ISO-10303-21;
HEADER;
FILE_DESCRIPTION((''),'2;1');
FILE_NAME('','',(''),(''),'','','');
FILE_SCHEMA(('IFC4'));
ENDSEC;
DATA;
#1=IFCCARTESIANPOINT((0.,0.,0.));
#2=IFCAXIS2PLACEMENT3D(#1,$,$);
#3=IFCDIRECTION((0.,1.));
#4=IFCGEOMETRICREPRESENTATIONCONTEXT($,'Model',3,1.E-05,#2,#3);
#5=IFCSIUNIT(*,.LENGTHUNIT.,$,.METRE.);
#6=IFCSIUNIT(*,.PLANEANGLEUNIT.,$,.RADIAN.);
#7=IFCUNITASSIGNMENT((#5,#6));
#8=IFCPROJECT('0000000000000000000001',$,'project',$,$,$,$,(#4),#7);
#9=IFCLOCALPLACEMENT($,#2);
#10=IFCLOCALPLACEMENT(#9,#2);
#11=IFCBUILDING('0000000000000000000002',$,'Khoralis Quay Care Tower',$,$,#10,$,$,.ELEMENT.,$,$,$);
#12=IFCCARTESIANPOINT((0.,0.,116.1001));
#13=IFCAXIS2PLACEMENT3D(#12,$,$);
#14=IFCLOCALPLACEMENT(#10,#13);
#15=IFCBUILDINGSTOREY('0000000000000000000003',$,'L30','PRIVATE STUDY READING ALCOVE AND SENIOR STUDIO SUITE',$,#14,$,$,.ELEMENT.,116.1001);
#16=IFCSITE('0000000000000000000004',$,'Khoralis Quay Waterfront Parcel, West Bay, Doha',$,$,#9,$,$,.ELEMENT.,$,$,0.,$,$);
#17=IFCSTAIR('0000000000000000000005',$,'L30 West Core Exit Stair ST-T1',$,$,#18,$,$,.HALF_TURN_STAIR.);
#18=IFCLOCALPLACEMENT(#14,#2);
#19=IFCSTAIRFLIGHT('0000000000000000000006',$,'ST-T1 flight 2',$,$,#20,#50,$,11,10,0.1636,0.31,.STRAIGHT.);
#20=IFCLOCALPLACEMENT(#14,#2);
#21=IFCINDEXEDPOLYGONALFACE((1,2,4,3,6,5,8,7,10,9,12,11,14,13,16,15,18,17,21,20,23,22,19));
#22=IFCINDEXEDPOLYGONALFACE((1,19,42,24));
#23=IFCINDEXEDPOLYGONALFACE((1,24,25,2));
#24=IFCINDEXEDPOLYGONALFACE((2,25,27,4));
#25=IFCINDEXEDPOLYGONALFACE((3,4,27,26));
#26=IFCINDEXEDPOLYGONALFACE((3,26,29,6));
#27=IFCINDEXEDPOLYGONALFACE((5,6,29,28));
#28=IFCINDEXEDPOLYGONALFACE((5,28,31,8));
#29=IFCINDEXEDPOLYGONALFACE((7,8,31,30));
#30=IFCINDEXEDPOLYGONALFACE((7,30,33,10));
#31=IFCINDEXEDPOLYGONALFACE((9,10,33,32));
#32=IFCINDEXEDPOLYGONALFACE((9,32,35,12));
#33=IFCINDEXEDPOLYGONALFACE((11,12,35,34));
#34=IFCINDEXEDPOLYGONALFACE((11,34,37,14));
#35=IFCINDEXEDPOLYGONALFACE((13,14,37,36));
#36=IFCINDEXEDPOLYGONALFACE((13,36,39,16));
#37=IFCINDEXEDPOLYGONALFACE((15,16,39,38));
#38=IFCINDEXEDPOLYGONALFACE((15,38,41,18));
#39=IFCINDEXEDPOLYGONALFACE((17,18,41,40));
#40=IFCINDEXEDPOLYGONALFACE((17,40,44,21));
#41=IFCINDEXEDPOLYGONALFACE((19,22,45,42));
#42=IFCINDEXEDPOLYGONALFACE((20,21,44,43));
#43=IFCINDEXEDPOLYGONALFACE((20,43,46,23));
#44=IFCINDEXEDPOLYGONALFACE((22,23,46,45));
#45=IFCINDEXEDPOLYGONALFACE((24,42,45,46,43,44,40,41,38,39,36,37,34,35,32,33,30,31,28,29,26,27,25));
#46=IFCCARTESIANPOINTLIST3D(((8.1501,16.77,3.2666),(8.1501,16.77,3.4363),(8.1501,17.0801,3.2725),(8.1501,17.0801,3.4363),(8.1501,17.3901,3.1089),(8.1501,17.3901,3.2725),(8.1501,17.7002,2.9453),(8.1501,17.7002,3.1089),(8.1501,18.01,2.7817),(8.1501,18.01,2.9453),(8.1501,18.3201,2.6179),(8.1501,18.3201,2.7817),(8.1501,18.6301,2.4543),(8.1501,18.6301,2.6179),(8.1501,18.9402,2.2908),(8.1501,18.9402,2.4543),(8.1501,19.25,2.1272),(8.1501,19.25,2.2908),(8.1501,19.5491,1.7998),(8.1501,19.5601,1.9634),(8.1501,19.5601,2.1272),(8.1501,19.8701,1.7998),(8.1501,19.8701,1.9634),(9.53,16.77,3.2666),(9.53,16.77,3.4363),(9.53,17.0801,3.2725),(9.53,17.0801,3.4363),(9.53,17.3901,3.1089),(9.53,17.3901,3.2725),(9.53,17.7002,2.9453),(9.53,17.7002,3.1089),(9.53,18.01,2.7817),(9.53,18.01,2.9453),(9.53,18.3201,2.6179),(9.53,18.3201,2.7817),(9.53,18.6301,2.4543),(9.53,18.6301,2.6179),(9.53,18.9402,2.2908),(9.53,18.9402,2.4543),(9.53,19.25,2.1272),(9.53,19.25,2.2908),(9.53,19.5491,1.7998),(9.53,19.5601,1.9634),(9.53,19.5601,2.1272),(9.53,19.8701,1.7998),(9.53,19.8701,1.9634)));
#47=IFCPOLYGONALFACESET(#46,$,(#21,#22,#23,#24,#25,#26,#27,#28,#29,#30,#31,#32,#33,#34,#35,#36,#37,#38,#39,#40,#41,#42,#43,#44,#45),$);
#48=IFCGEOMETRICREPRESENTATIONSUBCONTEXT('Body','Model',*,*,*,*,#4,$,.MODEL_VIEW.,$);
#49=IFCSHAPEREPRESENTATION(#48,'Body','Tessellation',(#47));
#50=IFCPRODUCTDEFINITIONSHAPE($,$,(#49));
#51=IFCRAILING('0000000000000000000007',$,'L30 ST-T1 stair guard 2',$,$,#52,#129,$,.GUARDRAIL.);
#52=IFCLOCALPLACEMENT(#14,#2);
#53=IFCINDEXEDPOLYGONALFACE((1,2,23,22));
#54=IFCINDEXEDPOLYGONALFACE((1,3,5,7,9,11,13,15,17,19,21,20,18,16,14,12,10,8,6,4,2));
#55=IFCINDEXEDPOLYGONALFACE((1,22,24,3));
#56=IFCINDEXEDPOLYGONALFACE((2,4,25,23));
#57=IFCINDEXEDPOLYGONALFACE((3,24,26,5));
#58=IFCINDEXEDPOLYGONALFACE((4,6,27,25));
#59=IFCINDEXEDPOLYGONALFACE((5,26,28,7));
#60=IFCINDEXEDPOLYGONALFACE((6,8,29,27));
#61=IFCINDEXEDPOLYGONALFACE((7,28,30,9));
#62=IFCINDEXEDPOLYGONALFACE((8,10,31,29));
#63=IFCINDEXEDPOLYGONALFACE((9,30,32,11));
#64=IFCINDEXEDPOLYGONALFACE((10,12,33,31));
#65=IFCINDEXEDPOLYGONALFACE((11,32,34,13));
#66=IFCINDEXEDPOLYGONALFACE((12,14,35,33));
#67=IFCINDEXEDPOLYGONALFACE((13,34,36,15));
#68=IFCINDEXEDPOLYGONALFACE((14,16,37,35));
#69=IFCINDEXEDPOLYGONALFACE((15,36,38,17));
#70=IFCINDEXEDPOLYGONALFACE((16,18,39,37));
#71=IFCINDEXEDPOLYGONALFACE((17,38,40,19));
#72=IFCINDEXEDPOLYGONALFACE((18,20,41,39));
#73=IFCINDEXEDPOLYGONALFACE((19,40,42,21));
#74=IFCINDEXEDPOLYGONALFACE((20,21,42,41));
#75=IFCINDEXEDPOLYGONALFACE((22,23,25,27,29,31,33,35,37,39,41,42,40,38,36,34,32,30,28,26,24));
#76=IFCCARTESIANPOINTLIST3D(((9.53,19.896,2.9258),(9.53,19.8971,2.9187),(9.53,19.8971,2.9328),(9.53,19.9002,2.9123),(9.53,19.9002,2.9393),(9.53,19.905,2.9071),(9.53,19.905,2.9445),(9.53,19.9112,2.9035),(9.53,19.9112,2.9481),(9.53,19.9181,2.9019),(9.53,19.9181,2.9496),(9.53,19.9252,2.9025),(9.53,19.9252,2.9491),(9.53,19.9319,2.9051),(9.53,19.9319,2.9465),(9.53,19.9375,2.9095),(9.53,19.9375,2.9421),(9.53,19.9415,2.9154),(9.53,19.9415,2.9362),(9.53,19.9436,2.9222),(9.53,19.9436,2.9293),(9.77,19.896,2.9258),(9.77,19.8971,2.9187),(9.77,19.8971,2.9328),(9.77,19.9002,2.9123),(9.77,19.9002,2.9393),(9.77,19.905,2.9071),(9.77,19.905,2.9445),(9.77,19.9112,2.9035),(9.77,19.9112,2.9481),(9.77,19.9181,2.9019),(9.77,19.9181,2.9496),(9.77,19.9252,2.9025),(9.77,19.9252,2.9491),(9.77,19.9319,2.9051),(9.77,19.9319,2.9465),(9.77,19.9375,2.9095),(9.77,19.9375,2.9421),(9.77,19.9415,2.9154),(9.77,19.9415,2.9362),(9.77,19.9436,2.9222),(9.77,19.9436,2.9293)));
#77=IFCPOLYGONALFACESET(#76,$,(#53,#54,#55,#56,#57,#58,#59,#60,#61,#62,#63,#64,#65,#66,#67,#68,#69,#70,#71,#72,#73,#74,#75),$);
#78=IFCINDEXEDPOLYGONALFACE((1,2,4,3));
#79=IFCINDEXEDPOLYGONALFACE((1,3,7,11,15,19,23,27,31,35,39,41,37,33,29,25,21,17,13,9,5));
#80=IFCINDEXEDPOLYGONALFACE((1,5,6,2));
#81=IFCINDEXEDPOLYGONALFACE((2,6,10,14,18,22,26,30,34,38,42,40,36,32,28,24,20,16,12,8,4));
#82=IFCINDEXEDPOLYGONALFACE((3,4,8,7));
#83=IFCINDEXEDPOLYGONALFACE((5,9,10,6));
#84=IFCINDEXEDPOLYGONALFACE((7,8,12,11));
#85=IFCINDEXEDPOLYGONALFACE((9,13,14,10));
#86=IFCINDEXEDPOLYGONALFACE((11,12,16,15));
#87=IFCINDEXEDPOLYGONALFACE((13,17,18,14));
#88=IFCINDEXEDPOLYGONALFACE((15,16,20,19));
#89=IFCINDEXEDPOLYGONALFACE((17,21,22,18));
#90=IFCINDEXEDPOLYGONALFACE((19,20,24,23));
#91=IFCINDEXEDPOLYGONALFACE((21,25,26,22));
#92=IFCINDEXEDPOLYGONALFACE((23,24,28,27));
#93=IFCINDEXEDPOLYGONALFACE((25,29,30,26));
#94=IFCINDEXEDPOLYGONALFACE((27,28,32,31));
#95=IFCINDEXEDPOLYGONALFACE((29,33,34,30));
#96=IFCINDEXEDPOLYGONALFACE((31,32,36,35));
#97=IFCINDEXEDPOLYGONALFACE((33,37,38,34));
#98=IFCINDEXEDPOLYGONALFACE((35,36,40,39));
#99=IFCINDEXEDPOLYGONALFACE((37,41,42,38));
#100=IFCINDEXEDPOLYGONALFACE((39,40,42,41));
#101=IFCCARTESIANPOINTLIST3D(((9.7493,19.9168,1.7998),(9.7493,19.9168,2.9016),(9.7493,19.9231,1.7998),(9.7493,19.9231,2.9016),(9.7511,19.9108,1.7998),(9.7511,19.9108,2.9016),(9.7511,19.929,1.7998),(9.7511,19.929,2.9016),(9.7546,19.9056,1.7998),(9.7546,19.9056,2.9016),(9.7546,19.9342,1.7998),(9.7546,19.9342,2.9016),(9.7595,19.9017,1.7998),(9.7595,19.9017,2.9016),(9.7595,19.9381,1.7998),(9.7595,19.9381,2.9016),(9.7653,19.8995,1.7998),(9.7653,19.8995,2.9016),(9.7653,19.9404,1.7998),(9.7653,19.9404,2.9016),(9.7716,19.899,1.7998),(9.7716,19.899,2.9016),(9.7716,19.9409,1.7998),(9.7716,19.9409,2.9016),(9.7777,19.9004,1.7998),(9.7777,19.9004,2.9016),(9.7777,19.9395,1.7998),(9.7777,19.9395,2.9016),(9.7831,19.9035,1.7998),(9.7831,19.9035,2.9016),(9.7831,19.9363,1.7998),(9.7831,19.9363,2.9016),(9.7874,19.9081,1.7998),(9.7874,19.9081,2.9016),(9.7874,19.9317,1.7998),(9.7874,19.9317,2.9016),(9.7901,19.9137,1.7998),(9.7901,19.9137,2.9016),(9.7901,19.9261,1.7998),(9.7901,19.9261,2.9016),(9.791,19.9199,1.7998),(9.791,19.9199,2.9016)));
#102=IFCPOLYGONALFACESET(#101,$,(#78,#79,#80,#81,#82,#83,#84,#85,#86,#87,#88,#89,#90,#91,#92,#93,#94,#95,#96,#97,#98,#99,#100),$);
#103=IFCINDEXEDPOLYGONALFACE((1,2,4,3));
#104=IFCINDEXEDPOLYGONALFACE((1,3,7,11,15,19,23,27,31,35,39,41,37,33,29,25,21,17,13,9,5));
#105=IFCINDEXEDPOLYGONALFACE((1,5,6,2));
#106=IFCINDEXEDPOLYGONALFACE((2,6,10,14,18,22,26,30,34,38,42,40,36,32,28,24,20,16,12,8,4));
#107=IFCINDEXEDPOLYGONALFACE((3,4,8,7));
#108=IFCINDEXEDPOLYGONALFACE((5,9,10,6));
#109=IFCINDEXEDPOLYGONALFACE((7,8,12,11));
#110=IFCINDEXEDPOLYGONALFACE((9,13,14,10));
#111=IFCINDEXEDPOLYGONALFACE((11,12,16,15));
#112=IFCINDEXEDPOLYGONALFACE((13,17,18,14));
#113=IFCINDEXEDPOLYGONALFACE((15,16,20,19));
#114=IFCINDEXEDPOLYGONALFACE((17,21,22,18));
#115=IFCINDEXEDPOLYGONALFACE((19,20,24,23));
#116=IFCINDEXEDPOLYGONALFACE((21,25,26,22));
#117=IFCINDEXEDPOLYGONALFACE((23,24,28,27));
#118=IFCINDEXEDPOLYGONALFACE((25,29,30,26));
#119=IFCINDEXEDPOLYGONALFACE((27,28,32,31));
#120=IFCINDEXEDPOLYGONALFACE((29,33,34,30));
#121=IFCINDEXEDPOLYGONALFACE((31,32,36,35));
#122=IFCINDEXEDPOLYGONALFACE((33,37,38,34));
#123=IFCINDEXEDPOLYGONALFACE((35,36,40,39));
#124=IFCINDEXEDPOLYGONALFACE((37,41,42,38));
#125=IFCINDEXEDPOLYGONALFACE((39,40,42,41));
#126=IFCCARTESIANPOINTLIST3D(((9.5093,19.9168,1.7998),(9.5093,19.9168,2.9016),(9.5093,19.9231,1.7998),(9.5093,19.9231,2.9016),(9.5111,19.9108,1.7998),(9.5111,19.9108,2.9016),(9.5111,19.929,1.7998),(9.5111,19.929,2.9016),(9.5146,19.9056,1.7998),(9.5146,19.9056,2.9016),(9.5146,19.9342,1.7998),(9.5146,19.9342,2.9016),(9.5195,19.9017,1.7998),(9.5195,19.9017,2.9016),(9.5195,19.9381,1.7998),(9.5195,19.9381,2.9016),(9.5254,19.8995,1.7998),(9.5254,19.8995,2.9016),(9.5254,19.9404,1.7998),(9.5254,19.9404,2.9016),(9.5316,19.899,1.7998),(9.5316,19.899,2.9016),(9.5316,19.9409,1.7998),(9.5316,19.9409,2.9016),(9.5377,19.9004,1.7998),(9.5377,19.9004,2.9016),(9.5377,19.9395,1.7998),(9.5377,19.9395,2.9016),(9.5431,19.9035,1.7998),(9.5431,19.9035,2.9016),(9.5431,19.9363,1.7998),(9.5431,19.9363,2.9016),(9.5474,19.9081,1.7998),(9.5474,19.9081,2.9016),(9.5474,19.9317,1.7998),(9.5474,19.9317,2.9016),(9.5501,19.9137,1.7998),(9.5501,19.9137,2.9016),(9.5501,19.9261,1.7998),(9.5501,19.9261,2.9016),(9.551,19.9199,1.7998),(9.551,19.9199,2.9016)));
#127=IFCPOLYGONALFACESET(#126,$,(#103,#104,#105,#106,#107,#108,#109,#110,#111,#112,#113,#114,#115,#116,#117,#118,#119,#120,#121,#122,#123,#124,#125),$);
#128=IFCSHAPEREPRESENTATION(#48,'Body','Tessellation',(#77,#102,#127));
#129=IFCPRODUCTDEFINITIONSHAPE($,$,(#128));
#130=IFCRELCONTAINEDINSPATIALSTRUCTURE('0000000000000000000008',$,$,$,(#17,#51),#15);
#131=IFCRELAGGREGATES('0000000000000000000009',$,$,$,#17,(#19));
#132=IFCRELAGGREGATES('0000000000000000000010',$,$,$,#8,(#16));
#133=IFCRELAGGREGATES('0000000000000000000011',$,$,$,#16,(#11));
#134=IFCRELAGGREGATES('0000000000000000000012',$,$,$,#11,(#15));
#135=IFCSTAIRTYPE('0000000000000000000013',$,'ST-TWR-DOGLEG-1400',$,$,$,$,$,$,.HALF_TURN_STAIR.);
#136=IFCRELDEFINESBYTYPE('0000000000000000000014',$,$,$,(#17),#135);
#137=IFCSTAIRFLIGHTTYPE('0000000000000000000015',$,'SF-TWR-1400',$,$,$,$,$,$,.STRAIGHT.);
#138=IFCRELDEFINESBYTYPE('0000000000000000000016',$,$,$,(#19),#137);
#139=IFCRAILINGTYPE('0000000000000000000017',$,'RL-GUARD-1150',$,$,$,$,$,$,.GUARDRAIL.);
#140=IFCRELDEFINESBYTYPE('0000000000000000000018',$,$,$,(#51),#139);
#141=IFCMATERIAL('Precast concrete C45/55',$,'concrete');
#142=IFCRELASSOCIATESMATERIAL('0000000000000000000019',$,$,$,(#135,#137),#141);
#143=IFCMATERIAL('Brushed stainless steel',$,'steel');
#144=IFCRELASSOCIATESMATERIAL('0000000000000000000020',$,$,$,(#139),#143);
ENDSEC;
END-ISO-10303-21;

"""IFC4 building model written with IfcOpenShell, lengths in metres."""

from ifc_helpers import new_model, si_unit, direction, frame, origin, origin_2d, place, context, subcontext, project, spatial, polyline, circle, outline, extrude, source, transform, mapped, material, type_object, element, aggregate, save


model = new_model("IFC4")

# Units and contexts
model_context = context("Model", 3, precision=1e-05, world=origin(), true_north=direction((0.0, 1.0)))
body_context = subcontext(model_context, "Body", "Model", "MODEL_VIEW")
ifc_project = project(units=[si_unit("LENGTHUNIT", "METRE"), si_unit("PLANEANGLEUNIT", "RADIAN")], contexts=[model_context])

# Site, building, storey
site_placement = place(None, origin())
site = spatial("IfcSite", under=ifc_project, at=site_placement, Name="Khoralis Quay Waterfront Parcel, West Bay, Doha", CompositionType="ELEMENT", RefElevation=0.0)
building_placement = place(site_placement, origin())
building = spatial("IfcBuilding", under=site, at=building_placement, Name="Khoralis Quay Care Tower", CompositionType="ELEMENT")
storey_placement = place(building_placement, frame((0.0, 0.0, 116.1001)))
storey = spatial("IfcBuildingStorey", under=building, at=storey_placement, Name="L30", Description="PRIVATE STUDY READING ALCOVE AND SENIOR STUDIO SUITE", CompositionType="ELEMENT", Elevation=116.1001)

# Stair, stair flight
ifc_material_1 = material(Name="Precast concrete C45/55", Category="concrete")
stair_type = type_object("IfcStairType", Name="ST-TWR-DOGLEG-1400", PredefinedType="HALF_TURN_STAIR", material=ifc_material_1)
stair_placement = place(storey_placement, origin())
stair = element("IfcStair", 1, at=stair_placement, inside=storey, type_object=stair_type, Name="L30 West Core Exit Stair ST-T1", PredefinedType="HALF_TURN_STAIR")
stair_flight_type = type_object("IfcStairFlightType", Name="SF-TWR-1400", PredefinedType="STRAIGHT", material=ifc_material_1)
shared_shape_1 = source(origin(), body_context, "Body", "SweptSolid", [
    extrude(outline(polyline([(0.0, 0.0), (0.0, 0.1636), (0.3101, 0.1636), (0.3101, 0.3274), (0.6201, 0.3274), (0.6201, 0.491), (0.9299, 0.491), (0.9299, 0.6545), (1.24, 0.6545), (1.24, 0.8181), (1.55, 0.8181), (1.55, 0.9819), (1.8601, 0.9819), (1.8601, 1.1455), (2.1699, 1.1455), (2.1699, 1.3091), (2.48, 1.3091), (2.48, 1.4727), (2.79, 1.4727), (2.79, 1.6365), (3.1001, 1.6365), (3.1001, 1.8), (3.1001, 1.4668), (0.321, 0.0), (0.0, 0.0)])), frame((0.0, 0.6899, 0.0), z_axis=(0.0, -1.0, 0.0), x_axis=(1.0, 0.0, 0.0)), (0.0, 0.0, 1.0), 1.3799),
])
stair_flight_placement = place(storey_placement, frame((8.8401, 19.8701, 1.7998), z_axis=(0.0, 0.0, 1.0), x_axis=(0.0, -1.0, 0.0)))
stair_flight = element("IfcStairFlight", 2, at=stair_flight_placement, type_object=stair_flight_type, Name="ST-T1 flight 2", NumberOfRisers=11, NumberOfTreads=10, PredefinedType="STRAIGHT", RiserHeight=0.1636, TreadLength=0.31, context=body_context, shape_type="MappedRepresentation", body=[
    mapped(shared_shape_1, transform((0.0, 0.0, 0.0), scale=1.0)),
])
aggregate(stair, [stair_flight])

# Railing
ifc_material_2 = material(Name="Brushed stainless steel", Category="steel")
railing_type_1 = type_object("IfcRailingType", Name="RL-GUARD-1150", PredefinedType="GUARDRAIL", material=ifc_material_2)
railing_1_placement = place(storey_placement, frame((9.77, 19.9199, 1.7998)))
element("IfcRailing", 3, at=railing_1_placement, inside=storey, type_object=railing_type_1, Name="L30 ST-T1 stair guard 2", PredefinedType="GUARDRAIL", context=body_context, shape_type="SweptSolid", body=[
    extrude(circle(Radius=0.0239, at=origin_2d()), frame((0.0, 0.0, 1.126), z_axis=(-1.0, 0.0, 0.0), x_axis=(0.0, -1.0, 0.0)), (0.0, 0.0, 1.0), 0.24),
    extrude(circle(Radius=0.021, at=origin_2d()), origin(), (0.0, 0.0, 1.0), 1.1018),
    extrude(circle(Radius=0.021, at=origin_2d()), frame((-0.24, 0.0, 0.0)), (0.0, 0.0, 1.0), 1.1018),
])

save(model, "model.ifc")
